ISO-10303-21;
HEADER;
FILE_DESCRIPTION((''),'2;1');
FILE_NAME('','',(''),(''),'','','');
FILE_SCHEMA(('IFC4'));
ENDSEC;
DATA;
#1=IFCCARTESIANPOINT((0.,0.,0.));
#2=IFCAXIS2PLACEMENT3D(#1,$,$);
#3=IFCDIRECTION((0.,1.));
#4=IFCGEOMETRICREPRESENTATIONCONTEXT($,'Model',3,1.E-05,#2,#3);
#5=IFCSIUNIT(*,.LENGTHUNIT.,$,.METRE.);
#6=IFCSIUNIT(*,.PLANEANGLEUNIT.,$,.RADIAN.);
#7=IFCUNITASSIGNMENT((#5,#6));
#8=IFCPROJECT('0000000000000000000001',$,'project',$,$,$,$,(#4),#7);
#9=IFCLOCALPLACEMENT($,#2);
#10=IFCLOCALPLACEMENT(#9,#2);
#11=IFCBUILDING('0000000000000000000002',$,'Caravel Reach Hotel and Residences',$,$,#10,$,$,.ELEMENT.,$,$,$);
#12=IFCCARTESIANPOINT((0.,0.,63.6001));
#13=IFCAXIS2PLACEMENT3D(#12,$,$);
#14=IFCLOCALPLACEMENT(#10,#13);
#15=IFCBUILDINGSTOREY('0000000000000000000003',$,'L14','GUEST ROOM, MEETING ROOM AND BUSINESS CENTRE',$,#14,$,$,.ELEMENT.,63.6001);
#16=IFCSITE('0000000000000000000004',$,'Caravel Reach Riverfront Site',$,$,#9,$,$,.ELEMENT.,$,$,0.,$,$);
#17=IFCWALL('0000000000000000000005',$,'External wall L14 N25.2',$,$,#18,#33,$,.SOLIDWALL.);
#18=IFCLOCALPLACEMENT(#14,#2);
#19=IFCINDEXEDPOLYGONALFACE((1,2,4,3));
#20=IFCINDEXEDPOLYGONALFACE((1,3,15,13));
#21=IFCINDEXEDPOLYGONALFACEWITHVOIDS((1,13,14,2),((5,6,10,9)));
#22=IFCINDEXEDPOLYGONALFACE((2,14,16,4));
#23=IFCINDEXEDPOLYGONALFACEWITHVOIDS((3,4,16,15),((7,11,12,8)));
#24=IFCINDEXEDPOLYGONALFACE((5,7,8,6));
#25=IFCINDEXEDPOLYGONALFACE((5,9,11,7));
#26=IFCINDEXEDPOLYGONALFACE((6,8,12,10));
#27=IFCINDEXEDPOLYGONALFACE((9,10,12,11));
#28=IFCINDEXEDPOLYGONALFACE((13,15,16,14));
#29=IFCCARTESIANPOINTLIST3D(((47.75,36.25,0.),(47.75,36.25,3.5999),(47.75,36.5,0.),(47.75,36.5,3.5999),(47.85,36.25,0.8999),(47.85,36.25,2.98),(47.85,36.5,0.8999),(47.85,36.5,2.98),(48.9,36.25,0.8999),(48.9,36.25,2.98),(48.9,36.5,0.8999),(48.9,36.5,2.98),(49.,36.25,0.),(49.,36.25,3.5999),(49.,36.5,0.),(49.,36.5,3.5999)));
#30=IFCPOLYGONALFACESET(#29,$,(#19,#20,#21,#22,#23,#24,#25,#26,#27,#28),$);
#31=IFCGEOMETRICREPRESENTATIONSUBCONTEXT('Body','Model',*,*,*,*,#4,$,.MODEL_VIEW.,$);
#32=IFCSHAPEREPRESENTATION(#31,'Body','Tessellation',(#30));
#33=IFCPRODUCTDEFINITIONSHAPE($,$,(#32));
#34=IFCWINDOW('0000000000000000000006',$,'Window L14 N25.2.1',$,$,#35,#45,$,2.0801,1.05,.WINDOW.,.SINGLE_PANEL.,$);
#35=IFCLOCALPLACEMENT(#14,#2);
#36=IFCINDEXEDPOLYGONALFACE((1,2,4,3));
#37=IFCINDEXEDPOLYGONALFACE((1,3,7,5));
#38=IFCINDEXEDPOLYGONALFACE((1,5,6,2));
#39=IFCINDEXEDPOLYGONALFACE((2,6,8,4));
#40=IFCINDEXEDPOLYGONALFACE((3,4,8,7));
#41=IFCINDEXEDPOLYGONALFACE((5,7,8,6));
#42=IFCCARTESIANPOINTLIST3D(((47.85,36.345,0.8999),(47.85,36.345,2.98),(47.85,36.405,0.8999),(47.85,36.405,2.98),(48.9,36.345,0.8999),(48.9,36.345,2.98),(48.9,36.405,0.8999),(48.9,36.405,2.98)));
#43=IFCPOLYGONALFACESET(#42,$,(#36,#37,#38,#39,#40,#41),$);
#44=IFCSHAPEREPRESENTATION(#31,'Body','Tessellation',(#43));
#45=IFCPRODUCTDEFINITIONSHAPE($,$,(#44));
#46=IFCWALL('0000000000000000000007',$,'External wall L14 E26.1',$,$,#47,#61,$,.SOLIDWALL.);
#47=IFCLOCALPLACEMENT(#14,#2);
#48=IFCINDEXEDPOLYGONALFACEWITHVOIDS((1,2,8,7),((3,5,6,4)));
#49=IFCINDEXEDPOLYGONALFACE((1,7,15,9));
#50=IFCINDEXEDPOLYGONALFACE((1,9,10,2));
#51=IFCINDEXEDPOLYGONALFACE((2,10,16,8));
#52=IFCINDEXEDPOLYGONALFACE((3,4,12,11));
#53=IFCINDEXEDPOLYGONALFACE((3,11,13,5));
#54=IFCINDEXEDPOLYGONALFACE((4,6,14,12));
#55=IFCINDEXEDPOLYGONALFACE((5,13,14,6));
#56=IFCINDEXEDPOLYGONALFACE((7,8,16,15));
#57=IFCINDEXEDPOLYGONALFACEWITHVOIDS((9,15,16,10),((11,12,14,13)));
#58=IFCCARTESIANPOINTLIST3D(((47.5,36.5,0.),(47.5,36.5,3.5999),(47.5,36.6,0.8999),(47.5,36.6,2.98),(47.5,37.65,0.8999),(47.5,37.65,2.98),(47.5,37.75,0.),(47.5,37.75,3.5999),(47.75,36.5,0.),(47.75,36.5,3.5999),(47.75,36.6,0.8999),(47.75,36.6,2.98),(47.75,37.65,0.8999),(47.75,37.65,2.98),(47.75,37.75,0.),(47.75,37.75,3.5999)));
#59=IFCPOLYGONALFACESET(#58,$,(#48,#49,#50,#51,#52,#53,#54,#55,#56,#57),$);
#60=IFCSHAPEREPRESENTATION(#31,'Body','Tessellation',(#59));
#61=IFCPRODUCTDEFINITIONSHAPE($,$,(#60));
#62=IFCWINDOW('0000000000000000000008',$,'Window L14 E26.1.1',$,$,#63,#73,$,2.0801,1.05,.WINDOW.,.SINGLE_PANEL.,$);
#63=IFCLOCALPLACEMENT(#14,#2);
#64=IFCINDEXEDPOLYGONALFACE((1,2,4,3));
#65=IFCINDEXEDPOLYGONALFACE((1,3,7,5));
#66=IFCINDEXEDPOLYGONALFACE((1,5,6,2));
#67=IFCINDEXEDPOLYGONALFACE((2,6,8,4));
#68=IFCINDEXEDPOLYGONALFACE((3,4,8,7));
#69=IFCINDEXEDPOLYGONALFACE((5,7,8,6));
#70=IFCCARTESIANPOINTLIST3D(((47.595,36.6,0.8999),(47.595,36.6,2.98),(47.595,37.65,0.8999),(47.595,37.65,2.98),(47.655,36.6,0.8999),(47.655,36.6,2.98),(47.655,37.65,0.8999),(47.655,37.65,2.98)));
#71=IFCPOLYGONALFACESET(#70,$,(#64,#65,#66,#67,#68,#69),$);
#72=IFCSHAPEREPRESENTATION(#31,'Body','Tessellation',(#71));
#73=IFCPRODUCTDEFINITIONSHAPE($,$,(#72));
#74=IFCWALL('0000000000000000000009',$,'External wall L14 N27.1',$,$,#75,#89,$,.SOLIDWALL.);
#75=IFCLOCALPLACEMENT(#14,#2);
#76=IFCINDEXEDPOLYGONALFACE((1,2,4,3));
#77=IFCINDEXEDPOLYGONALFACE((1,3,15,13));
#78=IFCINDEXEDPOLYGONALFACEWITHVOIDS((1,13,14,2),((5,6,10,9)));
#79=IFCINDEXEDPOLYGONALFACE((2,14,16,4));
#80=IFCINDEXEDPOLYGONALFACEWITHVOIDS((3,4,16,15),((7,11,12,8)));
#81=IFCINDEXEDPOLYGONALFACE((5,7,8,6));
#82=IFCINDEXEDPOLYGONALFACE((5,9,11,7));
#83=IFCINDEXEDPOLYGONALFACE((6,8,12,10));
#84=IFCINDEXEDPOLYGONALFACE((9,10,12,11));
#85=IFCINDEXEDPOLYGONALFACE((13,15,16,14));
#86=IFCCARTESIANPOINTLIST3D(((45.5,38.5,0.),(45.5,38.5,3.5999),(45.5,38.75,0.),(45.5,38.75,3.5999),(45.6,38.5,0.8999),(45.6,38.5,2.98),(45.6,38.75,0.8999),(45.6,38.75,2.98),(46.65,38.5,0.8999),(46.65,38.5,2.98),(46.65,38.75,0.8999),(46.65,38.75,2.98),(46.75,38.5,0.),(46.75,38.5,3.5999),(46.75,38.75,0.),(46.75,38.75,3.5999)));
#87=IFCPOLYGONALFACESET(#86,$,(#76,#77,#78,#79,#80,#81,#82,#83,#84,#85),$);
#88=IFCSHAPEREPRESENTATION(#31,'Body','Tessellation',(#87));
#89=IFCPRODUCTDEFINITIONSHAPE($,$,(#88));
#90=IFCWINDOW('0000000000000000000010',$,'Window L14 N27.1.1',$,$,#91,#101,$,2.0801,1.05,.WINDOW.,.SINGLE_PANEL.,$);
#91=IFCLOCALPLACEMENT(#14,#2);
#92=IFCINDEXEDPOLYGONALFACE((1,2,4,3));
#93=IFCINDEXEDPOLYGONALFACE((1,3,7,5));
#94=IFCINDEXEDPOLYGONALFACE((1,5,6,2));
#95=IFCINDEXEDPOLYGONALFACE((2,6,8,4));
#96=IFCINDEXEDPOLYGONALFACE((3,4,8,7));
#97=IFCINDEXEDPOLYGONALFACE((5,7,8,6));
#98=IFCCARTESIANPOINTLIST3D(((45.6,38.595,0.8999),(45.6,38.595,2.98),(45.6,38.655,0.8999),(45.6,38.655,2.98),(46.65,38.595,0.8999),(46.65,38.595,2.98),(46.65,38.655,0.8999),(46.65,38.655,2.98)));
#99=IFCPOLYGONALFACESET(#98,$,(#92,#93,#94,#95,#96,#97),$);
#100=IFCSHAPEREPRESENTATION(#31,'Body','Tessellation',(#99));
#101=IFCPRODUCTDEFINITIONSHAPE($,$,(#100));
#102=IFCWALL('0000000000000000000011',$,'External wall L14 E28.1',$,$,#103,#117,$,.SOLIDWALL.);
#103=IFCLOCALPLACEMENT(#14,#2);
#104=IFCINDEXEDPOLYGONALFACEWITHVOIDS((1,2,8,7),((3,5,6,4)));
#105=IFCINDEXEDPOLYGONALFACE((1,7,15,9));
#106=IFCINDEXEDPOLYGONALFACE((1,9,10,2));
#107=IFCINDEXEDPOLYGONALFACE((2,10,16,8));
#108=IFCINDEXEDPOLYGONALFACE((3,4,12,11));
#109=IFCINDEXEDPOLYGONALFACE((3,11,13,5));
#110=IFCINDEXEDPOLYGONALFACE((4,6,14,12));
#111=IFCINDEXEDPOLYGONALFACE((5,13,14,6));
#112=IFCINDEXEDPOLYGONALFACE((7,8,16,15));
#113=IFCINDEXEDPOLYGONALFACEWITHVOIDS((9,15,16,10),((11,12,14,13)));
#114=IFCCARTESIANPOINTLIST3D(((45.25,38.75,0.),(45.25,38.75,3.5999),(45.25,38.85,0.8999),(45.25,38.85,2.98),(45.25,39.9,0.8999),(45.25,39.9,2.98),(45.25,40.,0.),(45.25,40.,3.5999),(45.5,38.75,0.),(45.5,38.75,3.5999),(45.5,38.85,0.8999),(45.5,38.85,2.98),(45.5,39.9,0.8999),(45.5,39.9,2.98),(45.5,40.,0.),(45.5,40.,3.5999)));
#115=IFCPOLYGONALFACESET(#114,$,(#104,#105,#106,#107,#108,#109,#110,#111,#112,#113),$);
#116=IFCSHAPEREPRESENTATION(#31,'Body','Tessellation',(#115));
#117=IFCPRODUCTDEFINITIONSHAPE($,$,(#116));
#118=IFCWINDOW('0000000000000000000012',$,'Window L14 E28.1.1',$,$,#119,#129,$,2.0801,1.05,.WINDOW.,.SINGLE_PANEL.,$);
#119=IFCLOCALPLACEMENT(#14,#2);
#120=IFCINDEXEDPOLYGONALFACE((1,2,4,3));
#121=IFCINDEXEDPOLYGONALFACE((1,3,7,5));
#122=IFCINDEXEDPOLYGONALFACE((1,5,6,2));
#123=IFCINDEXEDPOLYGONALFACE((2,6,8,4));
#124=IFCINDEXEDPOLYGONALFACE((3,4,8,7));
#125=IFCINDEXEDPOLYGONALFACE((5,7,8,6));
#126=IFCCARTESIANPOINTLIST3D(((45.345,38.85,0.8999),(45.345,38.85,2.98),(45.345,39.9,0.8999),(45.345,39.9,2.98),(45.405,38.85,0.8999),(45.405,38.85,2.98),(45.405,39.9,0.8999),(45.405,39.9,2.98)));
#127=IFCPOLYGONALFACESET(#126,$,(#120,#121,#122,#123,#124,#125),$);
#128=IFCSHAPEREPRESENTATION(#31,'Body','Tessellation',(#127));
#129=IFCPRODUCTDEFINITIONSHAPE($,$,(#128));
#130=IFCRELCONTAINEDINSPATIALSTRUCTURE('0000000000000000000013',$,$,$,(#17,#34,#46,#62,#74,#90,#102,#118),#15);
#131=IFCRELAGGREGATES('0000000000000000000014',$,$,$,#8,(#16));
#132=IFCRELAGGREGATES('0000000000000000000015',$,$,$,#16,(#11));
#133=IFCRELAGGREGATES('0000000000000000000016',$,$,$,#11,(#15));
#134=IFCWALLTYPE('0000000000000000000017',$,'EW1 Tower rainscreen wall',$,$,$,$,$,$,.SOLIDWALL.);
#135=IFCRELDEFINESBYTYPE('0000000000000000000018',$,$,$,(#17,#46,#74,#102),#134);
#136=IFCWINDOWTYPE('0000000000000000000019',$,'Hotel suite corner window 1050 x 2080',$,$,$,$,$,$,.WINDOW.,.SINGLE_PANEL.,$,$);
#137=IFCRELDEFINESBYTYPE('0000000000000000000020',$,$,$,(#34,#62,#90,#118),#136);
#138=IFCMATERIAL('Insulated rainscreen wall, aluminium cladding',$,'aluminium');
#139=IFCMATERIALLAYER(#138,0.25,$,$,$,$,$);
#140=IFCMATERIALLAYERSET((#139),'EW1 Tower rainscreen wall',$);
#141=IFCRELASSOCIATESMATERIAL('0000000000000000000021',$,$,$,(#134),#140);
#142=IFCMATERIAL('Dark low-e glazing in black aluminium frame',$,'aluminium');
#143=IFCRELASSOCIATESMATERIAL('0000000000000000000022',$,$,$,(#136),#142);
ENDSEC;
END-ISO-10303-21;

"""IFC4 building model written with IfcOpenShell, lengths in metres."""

from ifc_helpers import new_model, si_unit, direction, frame, frame_2d, origin, place, context, subcontext, project, spatial, rectangle, extrude, material, layer, layer_set, type_object, element, fill, save


model = new_model("IFC4")

# Units and contexts
model_context = context("Model", 3, precision=1e-05, world=origin(), true_north=direction((0.0, 1.0)))
body_context = subcontext(model_context, "Body", "Model", "MODEL_VIEW")
ifc_project = project(units=[si_unit("LENGTHUNIT", "METRE"), si_unit("PLANEANGLEUNIT", "RADIAN")], contexts=[model_context])

# Site, building, storey
site_placement = place(None, origin())
site = spatial("IfcSite", under=ifc_project, at=site_placement, Name="Caravel Reach Riverfront Site", CompositionType="ELEMENT", RefElevation=0.0)
building_placement = place(site_placement, origin())
building = spatial("IfcBuilding", under=site, at=building_placement, Name="Caravel Reach Hotel and Residences", CompositionType="ELEMENT")
storey_placement = place(building_placement, frame((0.0, 0.0, 63.6001)))
storey = spatial("IfcBuildingStorey", under=building, at=storey_placement, Name="L14", Description="GUEST ROOM, MEETING ROOM AND BUSINESS CENTRE", CompositionType="ELEMENT", Elevation=63.6001)

# Walls, openings, windows
ifc_material_1 = material(Name="Insulated rainscreen wall, aluminium cladding", Category="aluminium")
ifc_layer = layer(ifc_material_1, 0.25)
ifc_layer_set = layer_set([ifc_layer], Name="EW1 Tower rainscreen wall")
wall_type = type_object("IfcWallType", Name="EW1 Tower rainscreen wall", PredefinedType="SOLIDWALL", material=ifc_layer_set)
wall_1_placement = place(storey_placement, frame((49.0, 36.375, 0.0), z_axis=(0.0, 0.0, 1.0), x_axis=(-1.0, 0.0, 0.0)))
wall_1 = element("IfcWall", 1, at=wall_1_placement, inside=storey, type_object=wall_type, Name="External wall L14 N25.2", PredefinedType="SOLIDWALL", context=body_context, shape_type="SweptSolid", body=[
    extrude(rectangle(XDim=1.25, YDim=0.25, at=frame_2d((0.625, 0.0))), origin(), (0.0, 0.0, 1.0), 3.5999),
])
opening_1_placement = place(wall_1_placement, frame((0.1001, 0.0, 0.8999)))
opening_1 = element("IfcOpeningElement", 2, at=opening_1_placement, cuts=wall_1, PredefinedType="OPENING", context=body_context, shape_type="SweptSolid", body=[
    extrude(rectangle(XDim=1.05, YDim=2.0801, at=frame_2d((0.5249, 1.04))), frame((0.0, 0.135, 0.0), z_axis=(0.0, -1.0, 0.0), x_axis=(1.0, 0.0, 0.0)), (0.0, 0.0, 1.0), 0.27),
])
ifc_material_2 = material(Name="Dark low-e glazing in black aluminium frame", Category="aluminium")
window_type = type_object("IfcWindowType", Name="Hotel suite corner window 1050 x 2080", PartitioningType="SINGLE_PANEL", PredefinedType="WINDOW", material=ifc_material_2)
window_1_placement = place(opening_1_placement, origin())
window_1 = element("IfcWindow", 3, at=window_1_placement, inside=storey, type_object=window_type, Name="Window L14 N25.2.1", OverallHeight=2.0801, OverallWidth=1.05, PartitioningType="SINGLE_PANEL", PredefinedType="WINDOW", context=body_context, shape_type="SweptSolid", body=[
    extrude(rectangle(XDim=1.05, YDim=2.0801, at=frame_2d((0.5249, 1.04))), frame((0.0, 0.03, 0.0), z_axis=(0.0, -1.0, 0.0), x_axis=(1.0, 0.0, 0.0)), (0.0, 0.0, 1.0), 0.0601),
])
fill(opening_1, window_1)
wall_2_placement = place(storey_placement, frame((47.625, 36.5, 0.0), z_axis=(0.0, 0.0, 1.0), x_axis=(0.0, 1.0, 0.0)))
wall_2 = element("IfcWall", 4, at=wall_2_placement, inside=storey, type_object=wall_type, Name="External wall L14 E26.1", PredefinedType="SOLIDWALL", context=body_context, shape_type="SweptSolid", body=[
    extrude(rectangle(XDim=1.25, YDim=0.25, at=frame_2d((0.625, 0.0))), origin(), (0.0, 0.0, 1.0), 3.5999),
])
opening_2_placement = place(wall_2_placement, frame((0.1001, 0.0, 0.8999)))
opening_2 = element("IfcOpeningElement", 5, at=opening_2_placement, cuts=wall_2, PredefinedType="OPENING", context=body_context, shape_type="SweptSolid", body=[
    extrude(rectangle(XDim=1.05, YDim=2.0801, at=frame_2d((0.5249, 1.04))), frame((0.0, 0.135, 0.0), z_axis=(0.0, -1.0, 0.0), x_axis=(1.0, 0.0, 0.0)), (0.0, 0.0, 1.0), 0.27),
])
window_2_placement = place(opening_2_placement, origin())
window_2 = element("IfcWindow", 6, at=window_2_placement, inside=storey, type_object=window_type, Name="Window L14 E26.1.1", OverallHeight=2.0801, OverallWidth=1.05, PartitioningType="SINGLE_PANEL", PredefinedType="WINDOW", context=body_context, shape_type="SweptSolid", body=[
    extrude(rectangle(XDim=1.05, YDim=2.0801, at=frame_2d((0.5249, 1.04))), frame((0.0, 0.03, 0.0), z_axis=(0.0, -1.0, 0.0), x_axis=(1.0, 0.0, 0.0)), (0.0, 0.0, 1.0), 0.0601),
])
fill(opening_2, window_2)
wall_3_placement = place(storey_placement, frame((46.75, 38.625, 0.0), z_axis=(0.0, 0.0, 1.0), x_axis=(-1.0, 0.0, 0.0)))
wall_3 = element("IfcWall", 7, at=wall_3_placement, inside=storey, type_object=wall_type, Name="External wall L14 N27.1", PredefinedType="SOLIDWALL", context=body_context, shape_type="SweptSolid", body=[
    extrude(rectangle(XDim=1.25, YDim=0.25, at=frame_2d((0.625, 0.0))), origin(), (0.0, 0.0, 1.0), 3.5999),
])
opening_3_placement = place(wall_3_placement, frame((0.1001, 0.0, 0.8999)))
opening_3 = element("IfcOpeningElement", 8, at=opening_3_placement, cuts=wall_3, PredefinedType="OPENING", context=body_context, shape_type="SweptSolid", body=[
    extrude(rectangle(XDim=1.05, YDim=2.0801, at=frame_2d((0.5249, 1.04))), frame((0.0, 0.135, 0.0), z_axis=(0.0, -1.0, 0.0), x_axis=(1.0, 0.0, 0.0)), (0.0, 0.0, 1.0), 0.27),
])
window_3_placement = place(opening_3_placement, origin())
window_3 = element("IfcWindow", 9, at=window_3_placement, inside=storey, type_object=window_type, Name="Window L14 N27.1.1", OverallHeight=2.0801, OverallWidth=1.05, PartitioningType="SINGLE_PANEL", PredefinedType="WINDOW", context=body_context, shape_type="SweptSolid", body=[
    extrude(rectangle(XDim=1.05, YDim=2.0801, at=frame_2d((0.5249, 1.04))), frame((0.0, 0.03, 0.0), z_axis=(0.0, -1.0, 0.0), x_axis=(1.0, 0.0, 0.0)), (0.0, 0.0, 1.0), 0.0601),
])
fill(opening_3, window_3)
wall_4_placement = place(storey_placement, frame((45.375, 38.75, 0.0), z_axis=(0.0, 0.0, 1.0), x_axis=(0.0, 1.0, 0.0)))
wall_4 = element("IfcWall", 10, at=wall_4_placement, inside=storey, type_object=wall_type, Name="External wall L14 E28.1", PredefinedType="SOLIDWALL", context=body_context, shape_type="SweptSolid", body=[
    extrude(rectangle(XDim=1.25, YDim=0.25, at=frame_2d((0.625, 0.0))), origin(), (0.0, 0.0, 1.0), 3.5999),
])
opening_4_placement = place(wall_4_placement, frame((0.1001, 0.0, 0.8999)))
opening_4 = element("IfcOpeningElement", 11, at=opening_4_placement, cuts=wall_4, PredefinedType="OPENING", context=body_context, shape_type="SweptSolid", body=[
    extrude(rectangle(XDim=1.05, YDim=2.0801, at=frame_2d((0.5249, 1.04))), frame((0.0, 0.135, 0.0), z_axis=(0.0, -1.0, 0.0), x_axis=(1.0, 0.0, 0.0)), (0.0, 0.0, 1.0), 0.27),
])
window_4_placement = place(opening_4_placement, origin())
window_4 = element("IfcWindow", 12, at=window_4_placement, inside=storey, type_object=window_type, Name="Window L14 E28.1.1", OverallHeight=2.0801, OverallWidth=1.05, PartitioningType="SINGLE_PANEL", PredefinedType="WINDOW", context=body_context, shape_type="SweptSolid", body=[
    extrude(rectangle(XDim=1.05, YDim=2.0801, at=frame_2d((0.5249, 1.04))), frame((0.0, 0.03, 0.0), z_axis=(0.0, -1.0, 0.0), x_axis=(1.0, 0.0, 0.0)), (0.0, 0.0, 1.0), 0.0601),
])
fill(opening_4, window_4)

save(model, "model.ifc")
